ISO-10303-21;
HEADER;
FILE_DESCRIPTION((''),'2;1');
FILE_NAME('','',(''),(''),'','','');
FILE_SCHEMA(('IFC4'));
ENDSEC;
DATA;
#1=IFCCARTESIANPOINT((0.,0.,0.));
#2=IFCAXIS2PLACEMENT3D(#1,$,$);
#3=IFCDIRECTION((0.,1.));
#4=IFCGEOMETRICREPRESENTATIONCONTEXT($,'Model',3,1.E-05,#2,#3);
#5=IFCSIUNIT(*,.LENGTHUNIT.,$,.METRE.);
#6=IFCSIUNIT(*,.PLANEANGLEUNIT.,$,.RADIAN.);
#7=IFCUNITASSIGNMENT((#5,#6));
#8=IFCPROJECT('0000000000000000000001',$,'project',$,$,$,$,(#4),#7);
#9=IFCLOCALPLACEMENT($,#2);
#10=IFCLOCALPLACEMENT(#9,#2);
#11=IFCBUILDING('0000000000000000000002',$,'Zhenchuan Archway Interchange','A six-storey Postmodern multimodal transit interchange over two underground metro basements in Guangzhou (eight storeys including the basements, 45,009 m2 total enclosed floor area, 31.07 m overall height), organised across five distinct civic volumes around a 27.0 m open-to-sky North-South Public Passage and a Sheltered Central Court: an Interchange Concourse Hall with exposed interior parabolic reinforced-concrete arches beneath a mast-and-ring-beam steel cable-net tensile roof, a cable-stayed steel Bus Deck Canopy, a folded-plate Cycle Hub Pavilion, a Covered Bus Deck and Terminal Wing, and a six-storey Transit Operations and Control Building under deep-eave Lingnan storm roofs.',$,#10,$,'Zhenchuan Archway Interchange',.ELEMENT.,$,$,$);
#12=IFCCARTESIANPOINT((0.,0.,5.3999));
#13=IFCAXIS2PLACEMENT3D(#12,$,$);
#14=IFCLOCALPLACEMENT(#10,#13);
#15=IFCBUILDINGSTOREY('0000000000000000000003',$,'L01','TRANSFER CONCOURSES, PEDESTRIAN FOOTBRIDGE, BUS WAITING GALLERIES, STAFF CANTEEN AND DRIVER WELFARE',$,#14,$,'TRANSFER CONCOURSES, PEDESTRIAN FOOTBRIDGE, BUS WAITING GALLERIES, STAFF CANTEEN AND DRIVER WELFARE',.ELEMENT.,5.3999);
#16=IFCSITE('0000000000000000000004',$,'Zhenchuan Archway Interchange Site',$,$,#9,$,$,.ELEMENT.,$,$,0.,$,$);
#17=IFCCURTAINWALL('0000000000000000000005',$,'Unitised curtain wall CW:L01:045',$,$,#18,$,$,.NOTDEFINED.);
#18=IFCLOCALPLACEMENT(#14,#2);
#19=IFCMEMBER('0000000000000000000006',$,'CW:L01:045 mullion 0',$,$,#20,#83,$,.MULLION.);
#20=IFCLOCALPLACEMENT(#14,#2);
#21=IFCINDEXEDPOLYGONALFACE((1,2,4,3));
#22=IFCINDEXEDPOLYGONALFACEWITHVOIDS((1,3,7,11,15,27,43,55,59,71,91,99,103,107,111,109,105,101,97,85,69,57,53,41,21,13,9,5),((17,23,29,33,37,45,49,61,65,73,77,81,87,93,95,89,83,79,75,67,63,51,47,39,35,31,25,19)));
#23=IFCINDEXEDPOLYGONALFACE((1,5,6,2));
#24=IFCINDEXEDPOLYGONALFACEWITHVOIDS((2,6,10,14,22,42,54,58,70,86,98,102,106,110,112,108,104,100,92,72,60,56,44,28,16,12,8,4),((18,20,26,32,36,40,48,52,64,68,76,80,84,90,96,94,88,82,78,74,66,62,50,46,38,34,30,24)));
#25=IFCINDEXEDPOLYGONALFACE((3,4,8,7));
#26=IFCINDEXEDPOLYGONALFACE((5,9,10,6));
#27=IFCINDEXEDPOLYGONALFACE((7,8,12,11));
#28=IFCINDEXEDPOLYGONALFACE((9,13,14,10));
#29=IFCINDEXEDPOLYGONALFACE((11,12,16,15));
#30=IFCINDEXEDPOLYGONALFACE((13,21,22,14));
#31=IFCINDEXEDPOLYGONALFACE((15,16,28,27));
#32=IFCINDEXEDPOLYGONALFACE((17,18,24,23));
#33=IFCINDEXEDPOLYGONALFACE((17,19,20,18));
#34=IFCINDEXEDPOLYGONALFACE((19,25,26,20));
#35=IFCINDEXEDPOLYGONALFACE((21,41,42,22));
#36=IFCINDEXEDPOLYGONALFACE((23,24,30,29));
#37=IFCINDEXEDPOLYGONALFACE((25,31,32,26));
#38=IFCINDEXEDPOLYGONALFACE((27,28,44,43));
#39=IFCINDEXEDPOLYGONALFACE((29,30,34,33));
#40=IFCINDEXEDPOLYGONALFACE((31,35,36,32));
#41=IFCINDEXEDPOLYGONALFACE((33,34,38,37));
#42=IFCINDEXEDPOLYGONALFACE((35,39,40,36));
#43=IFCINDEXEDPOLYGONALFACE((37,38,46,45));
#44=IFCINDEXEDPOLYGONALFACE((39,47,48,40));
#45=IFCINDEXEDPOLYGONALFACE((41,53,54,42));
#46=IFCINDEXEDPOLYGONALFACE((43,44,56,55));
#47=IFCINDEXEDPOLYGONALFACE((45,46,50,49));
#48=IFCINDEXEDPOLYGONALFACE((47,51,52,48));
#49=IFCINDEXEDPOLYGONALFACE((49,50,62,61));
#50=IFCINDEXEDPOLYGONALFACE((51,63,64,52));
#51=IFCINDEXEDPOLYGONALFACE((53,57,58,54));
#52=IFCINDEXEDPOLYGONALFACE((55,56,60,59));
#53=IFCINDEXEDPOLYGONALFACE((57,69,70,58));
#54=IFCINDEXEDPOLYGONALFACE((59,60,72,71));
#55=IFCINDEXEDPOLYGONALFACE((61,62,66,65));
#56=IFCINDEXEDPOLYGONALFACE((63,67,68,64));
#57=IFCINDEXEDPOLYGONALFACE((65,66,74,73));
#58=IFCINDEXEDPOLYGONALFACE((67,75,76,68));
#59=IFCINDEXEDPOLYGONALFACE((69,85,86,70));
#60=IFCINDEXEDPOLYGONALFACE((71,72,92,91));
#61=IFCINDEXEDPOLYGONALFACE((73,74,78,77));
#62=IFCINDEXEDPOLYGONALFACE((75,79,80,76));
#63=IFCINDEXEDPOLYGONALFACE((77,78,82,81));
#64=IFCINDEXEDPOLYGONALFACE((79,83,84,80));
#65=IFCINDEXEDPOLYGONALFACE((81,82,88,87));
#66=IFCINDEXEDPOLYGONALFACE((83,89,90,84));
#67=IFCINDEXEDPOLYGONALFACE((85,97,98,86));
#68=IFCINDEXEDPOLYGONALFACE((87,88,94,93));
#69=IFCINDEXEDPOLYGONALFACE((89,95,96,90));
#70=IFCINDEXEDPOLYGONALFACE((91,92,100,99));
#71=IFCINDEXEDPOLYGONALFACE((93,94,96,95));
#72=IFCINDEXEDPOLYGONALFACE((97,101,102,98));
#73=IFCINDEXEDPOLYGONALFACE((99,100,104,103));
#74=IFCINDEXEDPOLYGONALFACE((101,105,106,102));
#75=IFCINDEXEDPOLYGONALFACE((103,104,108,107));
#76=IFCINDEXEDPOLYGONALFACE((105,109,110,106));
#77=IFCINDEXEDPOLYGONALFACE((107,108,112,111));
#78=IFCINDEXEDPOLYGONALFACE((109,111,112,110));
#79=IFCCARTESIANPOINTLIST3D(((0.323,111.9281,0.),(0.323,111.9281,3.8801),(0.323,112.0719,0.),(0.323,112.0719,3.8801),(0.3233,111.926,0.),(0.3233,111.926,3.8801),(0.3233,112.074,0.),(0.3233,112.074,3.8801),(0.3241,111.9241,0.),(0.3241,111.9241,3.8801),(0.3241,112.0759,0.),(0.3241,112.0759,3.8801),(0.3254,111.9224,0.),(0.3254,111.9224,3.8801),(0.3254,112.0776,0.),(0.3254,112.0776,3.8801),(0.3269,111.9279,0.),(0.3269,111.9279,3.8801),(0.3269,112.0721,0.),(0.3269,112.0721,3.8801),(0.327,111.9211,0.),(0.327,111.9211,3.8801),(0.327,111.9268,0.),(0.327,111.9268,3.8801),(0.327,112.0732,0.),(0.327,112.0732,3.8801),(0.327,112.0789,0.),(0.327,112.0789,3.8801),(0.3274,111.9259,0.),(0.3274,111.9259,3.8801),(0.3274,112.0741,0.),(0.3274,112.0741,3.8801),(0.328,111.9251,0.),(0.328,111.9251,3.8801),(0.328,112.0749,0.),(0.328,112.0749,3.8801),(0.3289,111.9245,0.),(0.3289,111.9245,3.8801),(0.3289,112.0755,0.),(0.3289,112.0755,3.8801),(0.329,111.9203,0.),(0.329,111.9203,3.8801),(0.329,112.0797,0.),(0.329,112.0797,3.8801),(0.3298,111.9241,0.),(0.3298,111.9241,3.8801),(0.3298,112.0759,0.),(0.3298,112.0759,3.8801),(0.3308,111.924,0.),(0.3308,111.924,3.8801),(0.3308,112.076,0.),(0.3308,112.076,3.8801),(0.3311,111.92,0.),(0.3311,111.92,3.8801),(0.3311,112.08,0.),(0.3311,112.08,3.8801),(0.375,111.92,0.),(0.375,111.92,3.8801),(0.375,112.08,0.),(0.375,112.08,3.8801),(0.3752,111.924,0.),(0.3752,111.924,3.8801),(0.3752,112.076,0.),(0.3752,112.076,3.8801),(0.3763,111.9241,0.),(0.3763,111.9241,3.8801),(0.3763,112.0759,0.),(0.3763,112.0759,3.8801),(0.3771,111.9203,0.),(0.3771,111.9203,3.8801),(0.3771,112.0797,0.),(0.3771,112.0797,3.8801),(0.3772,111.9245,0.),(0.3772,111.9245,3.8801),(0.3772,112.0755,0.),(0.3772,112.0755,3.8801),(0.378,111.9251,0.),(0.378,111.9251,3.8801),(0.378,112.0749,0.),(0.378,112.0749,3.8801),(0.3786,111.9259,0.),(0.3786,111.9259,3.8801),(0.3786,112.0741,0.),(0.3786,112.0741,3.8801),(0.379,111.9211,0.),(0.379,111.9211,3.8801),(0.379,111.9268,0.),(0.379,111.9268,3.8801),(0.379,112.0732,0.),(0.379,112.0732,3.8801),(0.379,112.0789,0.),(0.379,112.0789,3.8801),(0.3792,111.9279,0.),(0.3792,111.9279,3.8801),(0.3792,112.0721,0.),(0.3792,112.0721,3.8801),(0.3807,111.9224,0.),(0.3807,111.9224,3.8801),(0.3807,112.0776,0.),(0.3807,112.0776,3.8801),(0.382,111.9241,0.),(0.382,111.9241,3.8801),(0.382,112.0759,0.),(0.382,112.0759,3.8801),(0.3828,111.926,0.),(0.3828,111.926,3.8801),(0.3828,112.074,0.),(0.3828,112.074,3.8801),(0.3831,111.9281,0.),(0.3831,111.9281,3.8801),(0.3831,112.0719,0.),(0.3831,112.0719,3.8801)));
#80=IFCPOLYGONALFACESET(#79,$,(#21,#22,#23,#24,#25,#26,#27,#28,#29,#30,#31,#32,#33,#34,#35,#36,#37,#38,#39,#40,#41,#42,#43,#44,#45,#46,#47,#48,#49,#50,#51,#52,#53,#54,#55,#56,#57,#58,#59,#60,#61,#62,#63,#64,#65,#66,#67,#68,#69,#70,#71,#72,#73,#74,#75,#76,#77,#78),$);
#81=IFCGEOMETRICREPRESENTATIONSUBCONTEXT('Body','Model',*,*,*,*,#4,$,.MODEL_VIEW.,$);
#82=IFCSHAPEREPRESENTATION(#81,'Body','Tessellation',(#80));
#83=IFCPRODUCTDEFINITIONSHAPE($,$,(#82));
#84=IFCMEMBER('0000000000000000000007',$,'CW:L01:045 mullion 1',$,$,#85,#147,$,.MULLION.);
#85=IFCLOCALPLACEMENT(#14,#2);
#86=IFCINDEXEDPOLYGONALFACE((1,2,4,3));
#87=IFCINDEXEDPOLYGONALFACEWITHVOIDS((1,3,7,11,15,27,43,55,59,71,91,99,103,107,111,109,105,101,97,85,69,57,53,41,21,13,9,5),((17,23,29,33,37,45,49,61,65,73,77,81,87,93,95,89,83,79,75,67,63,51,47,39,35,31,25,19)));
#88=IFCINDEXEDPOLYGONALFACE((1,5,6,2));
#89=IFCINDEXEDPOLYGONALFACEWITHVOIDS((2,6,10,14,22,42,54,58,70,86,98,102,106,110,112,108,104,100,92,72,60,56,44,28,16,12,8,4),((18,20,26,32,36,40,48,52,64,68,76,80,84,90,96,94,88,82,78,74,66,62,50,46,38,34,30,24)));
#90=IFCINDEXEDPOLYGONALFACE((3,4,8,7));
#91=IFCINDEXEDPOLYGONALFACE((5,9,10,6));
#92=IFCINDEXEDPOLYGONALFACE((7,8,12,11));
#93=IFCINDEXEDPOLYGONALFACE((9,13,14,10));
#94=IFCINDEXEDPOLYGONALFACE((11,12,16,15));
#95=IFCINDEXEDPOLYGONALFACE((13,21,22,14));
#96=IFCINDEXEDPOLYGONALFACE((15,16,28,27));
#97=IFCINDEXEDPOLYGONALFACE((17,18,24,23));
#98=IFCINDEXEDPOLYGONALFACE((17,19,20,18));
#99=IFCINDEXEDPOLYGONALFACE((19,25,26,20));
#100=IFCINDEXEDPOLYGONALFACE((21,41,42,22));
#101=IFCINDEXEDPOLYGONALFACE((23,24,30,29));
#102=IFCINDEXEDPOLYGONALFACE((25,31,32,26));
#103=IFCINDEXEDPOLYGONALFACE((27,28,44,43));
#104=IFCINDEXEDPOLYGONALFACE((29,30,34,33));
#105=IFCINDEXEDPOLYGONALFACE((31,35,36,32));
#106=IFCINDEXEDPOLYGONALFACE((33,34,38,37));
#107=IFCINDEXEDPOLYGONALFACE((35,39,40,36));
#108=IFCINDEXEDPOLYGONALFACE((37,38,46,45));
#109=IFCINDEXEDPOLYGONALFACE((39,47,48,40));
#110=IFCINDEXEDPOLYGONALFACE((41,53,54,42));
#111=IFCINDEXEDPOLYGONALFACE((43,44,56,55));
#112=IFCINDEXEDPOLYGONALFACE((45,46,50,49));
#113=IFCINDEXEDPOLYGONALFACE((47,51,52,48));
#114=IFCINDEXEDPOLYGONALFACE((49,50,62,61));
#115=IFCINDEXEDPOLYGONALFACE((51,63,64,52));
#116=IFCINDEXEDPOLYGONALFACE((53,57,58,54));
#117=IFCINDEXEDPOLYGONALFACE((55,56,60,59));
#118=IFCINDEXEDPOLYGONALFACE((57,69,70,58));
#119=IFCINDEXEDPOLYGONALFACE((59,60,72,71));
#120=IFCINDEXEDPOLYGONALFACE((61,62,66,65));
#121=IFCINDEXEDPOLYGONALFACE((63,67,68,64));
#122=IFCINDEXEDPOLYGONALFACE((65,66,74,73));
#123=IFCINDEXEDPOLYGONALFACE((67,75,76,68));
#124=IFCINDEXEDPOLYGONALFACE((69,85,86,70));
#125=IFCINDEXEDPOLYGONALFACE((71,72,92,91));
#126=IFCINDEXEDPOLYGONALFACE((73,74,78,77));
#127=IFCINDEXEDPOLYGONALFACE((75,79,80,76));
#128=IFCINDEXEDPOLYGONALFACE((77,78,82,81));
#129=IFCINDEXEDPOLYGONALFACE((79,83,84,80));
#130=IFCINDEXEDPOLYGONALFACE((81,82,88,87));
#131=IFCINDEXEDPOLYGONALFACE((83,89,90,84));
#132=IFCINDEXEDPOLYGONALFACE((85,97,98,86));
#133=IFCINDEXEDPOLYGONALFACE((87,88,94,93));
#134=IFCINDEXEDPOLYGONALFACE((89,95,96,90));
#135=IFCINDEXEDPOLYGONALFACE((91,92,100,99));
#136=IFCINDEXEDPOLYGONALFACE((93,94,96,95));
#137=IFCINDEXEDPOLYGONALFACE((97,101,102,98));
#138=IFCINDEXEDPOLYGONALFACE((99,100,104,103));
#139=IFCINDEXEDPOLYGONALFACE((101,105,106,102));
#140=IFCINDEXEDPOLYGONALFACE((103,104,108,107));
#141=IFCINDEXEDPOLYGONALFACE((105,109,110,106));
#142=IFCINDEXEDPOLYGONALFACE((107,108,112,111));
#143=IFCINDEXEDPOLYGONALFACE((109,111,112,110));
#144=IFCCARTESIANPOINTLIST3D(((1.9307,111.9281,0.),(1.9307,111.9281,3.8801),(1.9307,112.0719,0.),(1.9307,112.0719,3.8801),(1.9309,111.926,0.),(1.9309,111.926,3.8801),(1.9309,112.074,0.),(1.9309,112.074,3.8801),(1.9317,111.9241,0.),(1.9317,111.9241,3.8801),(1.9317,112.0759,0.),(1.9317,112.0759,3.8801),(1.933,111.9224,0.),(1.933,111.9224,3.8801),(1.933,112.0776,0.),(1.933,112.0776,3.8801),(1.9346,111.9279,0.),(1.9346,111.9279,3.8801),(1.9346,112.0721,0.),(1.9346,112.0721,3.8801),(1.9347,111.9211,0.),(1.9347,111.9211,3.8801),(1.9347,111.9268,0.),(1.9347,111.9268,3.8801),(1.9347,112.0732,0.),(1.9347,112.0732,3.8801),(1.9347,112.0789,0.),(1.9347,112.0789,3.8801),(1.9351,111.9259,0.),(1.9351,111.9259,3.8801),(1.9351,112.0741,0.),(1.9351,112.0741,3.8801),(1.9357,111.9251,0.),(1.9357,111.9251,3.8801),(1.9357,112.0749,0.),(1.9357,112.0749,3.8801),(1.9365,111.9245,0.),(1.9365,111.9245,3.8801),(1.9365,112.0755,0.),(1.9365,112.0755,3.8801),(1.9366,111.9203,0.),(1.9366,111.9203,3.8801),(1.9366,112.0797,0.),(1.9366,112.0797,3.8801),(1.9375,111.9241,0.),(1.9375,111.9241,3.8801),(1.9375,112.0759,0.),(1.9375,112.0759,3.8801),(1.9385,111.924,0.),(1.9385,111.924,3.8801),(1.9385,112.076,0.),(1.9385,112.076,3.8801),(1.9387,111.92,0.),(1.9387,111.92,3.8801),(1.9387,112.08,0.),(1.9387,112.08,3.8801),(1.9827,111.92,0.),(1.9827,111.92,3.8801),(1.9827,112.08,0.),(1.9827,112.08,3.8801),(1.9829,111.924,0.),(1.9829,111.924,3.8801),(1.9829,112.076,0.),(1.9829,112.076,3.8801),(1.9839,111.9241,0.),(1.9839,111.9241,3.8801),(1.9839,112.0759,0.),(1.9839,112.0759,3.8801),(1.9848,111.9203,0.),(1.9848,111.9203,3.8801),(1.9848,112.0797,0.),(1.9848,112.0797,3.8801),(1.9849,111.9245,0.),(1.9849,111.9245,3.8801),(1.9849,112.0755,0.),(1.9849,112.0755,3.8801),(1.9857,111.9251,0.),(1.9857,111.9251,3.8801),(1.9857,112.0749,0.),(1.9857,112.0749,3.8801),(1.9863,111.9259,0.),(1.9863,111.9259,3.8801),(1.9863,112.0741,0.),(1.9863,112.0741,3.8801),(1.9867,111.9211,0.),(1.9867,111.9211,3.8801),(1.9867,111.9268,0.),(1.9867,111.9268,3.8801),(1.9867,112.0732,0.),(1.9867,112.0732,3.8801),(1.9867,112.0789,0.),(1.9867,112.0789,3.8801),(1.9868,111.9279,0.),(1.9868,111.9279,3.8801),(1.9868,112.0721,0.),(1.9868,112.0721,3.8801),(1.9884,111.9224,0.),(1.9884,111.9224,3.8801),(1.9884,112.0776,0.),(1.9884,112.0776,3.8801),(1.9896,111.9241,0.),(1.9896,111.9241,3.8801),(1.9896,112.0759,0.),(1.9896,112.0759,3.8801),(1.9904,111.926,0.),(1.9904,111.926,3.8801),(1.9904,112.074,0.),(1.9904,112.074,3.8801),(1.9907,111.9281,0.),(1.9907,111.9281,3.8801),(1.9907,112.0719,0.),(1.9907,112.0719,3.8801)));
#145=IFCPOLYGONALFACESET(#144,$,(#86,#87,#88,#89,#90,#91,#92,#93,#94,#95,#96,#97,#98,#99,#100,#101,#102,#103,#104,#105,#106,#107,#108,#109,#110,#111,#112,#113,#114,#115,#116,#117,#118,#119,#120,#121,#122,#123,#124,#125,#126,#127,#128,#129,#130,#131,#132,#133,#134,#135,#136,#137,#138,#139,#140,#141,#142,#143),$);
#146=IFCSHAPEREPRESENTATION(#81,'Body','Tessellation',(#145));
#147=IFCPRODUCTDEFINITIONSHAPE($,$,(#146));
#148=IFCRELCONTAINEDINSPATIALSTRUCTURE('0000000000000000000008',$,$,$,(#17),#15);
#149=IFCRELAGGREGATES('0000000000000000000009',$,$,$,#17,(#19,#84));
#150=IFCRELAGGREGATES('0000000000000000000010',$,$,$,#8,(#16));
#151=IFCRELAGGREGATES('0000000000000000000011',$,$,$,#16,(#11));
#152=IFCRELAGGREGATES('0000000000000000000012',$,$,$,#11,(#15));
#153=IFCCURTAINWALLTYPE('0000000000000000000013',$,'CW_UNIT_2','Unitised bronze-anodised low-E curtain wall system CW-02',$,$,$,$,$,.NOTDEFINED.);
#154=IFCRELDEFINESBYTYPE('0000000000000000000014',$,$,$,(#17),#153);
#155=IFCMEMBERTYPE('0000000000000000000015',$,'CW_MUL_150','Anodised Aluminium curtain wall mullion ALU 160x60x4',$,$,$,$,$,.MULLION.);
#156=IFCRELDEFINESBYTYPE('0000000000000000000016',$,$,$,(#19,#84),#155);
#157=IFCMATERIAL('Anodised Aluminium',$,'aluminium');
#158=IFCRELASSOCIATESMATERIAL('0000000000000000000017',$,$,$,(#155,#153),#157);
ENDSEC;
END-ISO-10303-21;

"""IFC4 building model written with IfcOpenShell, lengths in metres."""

from ifc_helpers import new_model, si_unit, direction, frame, origin, origin_2d, place, context, subcontext, project, spatial, hollow_rectangle, extrude, material, material_profile, profile_set, type_object, element, aggregate, save


model = new_model("IFC4")

# Units and contexts
model_context = context("Model", 3, precision=1e-05, world=origin(), true_north=direction((0.0, 1.0)))
body_context = subcontext(model_context, "Body", "Model", "MODEL_VIEW")
ifc_project = project(units=[si_unit("LENGTHUNIT", "METRE"), si_unit("PLANEANGLEUNIT", "RADIAN")], contexts=[model_context])

# Site, building, storey
site_placement = place(None, origin())
site = spatial("IfcSite", under=ifc_project, at=site_placement, Name="Zhenchuan Archway Interchange Site", CompositionType="ELEMENT", RefElevation=0.0)
building_placement = place(site_placement, origin())
building = spatial("IfcBuilding", under=site, at=building_placement, Name="Zhenchuan Archway Interchange", Description="A six-storey Postmodern multimodal transit interchange over two underground metro basements in Guangzhou (eight storeys including the basements, 45,009 m2 total enclosed floor area, 31.07 m overall height), organised across five distinct civic volumes around a 27.0 m open-to-sky North-South Public Passage and a Sheltered Central Court: an Interchange Concourse Hall with exposed interior parabolic reinforced-concrete arches beneath a mast-and-ring-beam steel cable-net tensile roof, a cable-stayed steel Bus Deck Canopy, a folded-plate Cycle Hub Pavilion, a Covered Bus Deck and Terminal Wing, and a six-storey Transit Operations and Control Building under deep-eave Lingnan storm roofs.", LongName="Zhenchuan Archway Interchange", CompositionType="ELEMENT")
storey_placement = place(building_placement, frame((0.0, 0.0, 5.3999)))
storey = spatial("IfcBuildingStorey", under=building, at=storey_placement, Name="L01", Description="TRANSFER CONCOURSES, PEDESTRIAN FOOTBRIDGE, BUS WAITING GALLERIES, STAFF CANTEEN AND DRIVER WELFARE", LongName="TRANSFER CONCOURSES, PEDESTRIAN FOOTBRIDGE, BUS WAITING GALLERIES, STAFF CANTEEN AND DRIVER WELFARE", CompositionType="ELEMENT", Elevation=5.3999)

# Curtain wall, members
ifc_material_1 = material(Name="Anodised Aluminium", Category="aluminium")
ifc_material_profile_1 = material_profile(ifc_material_1, hollow_rectangle(XDim=0.0601, YDim=0.1599, WallThickness=0.0039, InnerFilletRadius=0.0039, OuterFilletRadius=0.0081, at=origin_2d()), Name="ALU 160x60x4")
ifc_profile_set_1 = profile_set([ifc_material_profile_1], Name="Anodised Aluminium")
member_type_1 = type_object("IfcMemberType", Name="CW_MUL_150", Description="Anodised Aluminium curtain wall mullion ALU 160x60x4", PredefinedType="MULLION", material=ifc_profile_set_1)
curtain_wall_type_1 = type_object("IfcCurtainWallType", Name="CW_UNIT_2", Description="Unitised bronze-anodised low-E curtain wall system CW-02", PredefinedType="NOTDEFINED", material=ifc_material_1)
curtain_wall_1_placement = place(storey_placement, origin())
curtain_wall_1 = element("IfcCurtainWall", 1, at=curtain_wall_1_placement, inside=storey, type_object=curtain_wall_type_1, Name="Unitised curtain wall CW:L01:045", PredefinedType="NOTDEFINED")
member_1_placement = place(storey_placement, frame((0.353, 112.0, 0.0), z_axis=(0.0, 0.0, 1.0), x_axis=(1.0, 0.0, 0.0)))
member_1 = element("IfcMember", 2, at=member_1_placement, type_object=member_type_1, Name="CW:L01:045 mullion 0", PredefinedType="MULLION", context=body_context, shape_type="SweptSolid", body=[
    extrude(hollow_rectangle(XDim=0.0601, YDim=0.1599, WallThickness=0.0039, InnerFilletRadius=0.0039, OuterFilletRadius=0.0081, at=origin_2d()), origin(), (0.0, 0.0, 1.0), 3.8801),
])
member_2_placement = place(storey_placement, frame((1.9607, 112.0, 0.0), z_axis=(0.0, 0.0, 1.0), x_axis=(1.0, 0.0, 0.0)))
member_2 = element("IfcMember", 3, at=member_2_placement, type_object=member_type_1, Name="CW:L01:045 mullion 1", PredefinedType="MULLION", context=body_context, shape_type="SweptSolid", body=[
    extrude(hollow_rectangle(XDim=0.0601, YDim=0.1599, WallThickness=0.0039, InnerFilletRadius=0.0039, OuterFilletRadius=0.0081, at=origin_2d()), origin(), (0.0, 0.0, 1.0), 3.8801),
])

aggregate(curtain_wall_1, [member_1, member_2])

save(model, "model.ifc")
